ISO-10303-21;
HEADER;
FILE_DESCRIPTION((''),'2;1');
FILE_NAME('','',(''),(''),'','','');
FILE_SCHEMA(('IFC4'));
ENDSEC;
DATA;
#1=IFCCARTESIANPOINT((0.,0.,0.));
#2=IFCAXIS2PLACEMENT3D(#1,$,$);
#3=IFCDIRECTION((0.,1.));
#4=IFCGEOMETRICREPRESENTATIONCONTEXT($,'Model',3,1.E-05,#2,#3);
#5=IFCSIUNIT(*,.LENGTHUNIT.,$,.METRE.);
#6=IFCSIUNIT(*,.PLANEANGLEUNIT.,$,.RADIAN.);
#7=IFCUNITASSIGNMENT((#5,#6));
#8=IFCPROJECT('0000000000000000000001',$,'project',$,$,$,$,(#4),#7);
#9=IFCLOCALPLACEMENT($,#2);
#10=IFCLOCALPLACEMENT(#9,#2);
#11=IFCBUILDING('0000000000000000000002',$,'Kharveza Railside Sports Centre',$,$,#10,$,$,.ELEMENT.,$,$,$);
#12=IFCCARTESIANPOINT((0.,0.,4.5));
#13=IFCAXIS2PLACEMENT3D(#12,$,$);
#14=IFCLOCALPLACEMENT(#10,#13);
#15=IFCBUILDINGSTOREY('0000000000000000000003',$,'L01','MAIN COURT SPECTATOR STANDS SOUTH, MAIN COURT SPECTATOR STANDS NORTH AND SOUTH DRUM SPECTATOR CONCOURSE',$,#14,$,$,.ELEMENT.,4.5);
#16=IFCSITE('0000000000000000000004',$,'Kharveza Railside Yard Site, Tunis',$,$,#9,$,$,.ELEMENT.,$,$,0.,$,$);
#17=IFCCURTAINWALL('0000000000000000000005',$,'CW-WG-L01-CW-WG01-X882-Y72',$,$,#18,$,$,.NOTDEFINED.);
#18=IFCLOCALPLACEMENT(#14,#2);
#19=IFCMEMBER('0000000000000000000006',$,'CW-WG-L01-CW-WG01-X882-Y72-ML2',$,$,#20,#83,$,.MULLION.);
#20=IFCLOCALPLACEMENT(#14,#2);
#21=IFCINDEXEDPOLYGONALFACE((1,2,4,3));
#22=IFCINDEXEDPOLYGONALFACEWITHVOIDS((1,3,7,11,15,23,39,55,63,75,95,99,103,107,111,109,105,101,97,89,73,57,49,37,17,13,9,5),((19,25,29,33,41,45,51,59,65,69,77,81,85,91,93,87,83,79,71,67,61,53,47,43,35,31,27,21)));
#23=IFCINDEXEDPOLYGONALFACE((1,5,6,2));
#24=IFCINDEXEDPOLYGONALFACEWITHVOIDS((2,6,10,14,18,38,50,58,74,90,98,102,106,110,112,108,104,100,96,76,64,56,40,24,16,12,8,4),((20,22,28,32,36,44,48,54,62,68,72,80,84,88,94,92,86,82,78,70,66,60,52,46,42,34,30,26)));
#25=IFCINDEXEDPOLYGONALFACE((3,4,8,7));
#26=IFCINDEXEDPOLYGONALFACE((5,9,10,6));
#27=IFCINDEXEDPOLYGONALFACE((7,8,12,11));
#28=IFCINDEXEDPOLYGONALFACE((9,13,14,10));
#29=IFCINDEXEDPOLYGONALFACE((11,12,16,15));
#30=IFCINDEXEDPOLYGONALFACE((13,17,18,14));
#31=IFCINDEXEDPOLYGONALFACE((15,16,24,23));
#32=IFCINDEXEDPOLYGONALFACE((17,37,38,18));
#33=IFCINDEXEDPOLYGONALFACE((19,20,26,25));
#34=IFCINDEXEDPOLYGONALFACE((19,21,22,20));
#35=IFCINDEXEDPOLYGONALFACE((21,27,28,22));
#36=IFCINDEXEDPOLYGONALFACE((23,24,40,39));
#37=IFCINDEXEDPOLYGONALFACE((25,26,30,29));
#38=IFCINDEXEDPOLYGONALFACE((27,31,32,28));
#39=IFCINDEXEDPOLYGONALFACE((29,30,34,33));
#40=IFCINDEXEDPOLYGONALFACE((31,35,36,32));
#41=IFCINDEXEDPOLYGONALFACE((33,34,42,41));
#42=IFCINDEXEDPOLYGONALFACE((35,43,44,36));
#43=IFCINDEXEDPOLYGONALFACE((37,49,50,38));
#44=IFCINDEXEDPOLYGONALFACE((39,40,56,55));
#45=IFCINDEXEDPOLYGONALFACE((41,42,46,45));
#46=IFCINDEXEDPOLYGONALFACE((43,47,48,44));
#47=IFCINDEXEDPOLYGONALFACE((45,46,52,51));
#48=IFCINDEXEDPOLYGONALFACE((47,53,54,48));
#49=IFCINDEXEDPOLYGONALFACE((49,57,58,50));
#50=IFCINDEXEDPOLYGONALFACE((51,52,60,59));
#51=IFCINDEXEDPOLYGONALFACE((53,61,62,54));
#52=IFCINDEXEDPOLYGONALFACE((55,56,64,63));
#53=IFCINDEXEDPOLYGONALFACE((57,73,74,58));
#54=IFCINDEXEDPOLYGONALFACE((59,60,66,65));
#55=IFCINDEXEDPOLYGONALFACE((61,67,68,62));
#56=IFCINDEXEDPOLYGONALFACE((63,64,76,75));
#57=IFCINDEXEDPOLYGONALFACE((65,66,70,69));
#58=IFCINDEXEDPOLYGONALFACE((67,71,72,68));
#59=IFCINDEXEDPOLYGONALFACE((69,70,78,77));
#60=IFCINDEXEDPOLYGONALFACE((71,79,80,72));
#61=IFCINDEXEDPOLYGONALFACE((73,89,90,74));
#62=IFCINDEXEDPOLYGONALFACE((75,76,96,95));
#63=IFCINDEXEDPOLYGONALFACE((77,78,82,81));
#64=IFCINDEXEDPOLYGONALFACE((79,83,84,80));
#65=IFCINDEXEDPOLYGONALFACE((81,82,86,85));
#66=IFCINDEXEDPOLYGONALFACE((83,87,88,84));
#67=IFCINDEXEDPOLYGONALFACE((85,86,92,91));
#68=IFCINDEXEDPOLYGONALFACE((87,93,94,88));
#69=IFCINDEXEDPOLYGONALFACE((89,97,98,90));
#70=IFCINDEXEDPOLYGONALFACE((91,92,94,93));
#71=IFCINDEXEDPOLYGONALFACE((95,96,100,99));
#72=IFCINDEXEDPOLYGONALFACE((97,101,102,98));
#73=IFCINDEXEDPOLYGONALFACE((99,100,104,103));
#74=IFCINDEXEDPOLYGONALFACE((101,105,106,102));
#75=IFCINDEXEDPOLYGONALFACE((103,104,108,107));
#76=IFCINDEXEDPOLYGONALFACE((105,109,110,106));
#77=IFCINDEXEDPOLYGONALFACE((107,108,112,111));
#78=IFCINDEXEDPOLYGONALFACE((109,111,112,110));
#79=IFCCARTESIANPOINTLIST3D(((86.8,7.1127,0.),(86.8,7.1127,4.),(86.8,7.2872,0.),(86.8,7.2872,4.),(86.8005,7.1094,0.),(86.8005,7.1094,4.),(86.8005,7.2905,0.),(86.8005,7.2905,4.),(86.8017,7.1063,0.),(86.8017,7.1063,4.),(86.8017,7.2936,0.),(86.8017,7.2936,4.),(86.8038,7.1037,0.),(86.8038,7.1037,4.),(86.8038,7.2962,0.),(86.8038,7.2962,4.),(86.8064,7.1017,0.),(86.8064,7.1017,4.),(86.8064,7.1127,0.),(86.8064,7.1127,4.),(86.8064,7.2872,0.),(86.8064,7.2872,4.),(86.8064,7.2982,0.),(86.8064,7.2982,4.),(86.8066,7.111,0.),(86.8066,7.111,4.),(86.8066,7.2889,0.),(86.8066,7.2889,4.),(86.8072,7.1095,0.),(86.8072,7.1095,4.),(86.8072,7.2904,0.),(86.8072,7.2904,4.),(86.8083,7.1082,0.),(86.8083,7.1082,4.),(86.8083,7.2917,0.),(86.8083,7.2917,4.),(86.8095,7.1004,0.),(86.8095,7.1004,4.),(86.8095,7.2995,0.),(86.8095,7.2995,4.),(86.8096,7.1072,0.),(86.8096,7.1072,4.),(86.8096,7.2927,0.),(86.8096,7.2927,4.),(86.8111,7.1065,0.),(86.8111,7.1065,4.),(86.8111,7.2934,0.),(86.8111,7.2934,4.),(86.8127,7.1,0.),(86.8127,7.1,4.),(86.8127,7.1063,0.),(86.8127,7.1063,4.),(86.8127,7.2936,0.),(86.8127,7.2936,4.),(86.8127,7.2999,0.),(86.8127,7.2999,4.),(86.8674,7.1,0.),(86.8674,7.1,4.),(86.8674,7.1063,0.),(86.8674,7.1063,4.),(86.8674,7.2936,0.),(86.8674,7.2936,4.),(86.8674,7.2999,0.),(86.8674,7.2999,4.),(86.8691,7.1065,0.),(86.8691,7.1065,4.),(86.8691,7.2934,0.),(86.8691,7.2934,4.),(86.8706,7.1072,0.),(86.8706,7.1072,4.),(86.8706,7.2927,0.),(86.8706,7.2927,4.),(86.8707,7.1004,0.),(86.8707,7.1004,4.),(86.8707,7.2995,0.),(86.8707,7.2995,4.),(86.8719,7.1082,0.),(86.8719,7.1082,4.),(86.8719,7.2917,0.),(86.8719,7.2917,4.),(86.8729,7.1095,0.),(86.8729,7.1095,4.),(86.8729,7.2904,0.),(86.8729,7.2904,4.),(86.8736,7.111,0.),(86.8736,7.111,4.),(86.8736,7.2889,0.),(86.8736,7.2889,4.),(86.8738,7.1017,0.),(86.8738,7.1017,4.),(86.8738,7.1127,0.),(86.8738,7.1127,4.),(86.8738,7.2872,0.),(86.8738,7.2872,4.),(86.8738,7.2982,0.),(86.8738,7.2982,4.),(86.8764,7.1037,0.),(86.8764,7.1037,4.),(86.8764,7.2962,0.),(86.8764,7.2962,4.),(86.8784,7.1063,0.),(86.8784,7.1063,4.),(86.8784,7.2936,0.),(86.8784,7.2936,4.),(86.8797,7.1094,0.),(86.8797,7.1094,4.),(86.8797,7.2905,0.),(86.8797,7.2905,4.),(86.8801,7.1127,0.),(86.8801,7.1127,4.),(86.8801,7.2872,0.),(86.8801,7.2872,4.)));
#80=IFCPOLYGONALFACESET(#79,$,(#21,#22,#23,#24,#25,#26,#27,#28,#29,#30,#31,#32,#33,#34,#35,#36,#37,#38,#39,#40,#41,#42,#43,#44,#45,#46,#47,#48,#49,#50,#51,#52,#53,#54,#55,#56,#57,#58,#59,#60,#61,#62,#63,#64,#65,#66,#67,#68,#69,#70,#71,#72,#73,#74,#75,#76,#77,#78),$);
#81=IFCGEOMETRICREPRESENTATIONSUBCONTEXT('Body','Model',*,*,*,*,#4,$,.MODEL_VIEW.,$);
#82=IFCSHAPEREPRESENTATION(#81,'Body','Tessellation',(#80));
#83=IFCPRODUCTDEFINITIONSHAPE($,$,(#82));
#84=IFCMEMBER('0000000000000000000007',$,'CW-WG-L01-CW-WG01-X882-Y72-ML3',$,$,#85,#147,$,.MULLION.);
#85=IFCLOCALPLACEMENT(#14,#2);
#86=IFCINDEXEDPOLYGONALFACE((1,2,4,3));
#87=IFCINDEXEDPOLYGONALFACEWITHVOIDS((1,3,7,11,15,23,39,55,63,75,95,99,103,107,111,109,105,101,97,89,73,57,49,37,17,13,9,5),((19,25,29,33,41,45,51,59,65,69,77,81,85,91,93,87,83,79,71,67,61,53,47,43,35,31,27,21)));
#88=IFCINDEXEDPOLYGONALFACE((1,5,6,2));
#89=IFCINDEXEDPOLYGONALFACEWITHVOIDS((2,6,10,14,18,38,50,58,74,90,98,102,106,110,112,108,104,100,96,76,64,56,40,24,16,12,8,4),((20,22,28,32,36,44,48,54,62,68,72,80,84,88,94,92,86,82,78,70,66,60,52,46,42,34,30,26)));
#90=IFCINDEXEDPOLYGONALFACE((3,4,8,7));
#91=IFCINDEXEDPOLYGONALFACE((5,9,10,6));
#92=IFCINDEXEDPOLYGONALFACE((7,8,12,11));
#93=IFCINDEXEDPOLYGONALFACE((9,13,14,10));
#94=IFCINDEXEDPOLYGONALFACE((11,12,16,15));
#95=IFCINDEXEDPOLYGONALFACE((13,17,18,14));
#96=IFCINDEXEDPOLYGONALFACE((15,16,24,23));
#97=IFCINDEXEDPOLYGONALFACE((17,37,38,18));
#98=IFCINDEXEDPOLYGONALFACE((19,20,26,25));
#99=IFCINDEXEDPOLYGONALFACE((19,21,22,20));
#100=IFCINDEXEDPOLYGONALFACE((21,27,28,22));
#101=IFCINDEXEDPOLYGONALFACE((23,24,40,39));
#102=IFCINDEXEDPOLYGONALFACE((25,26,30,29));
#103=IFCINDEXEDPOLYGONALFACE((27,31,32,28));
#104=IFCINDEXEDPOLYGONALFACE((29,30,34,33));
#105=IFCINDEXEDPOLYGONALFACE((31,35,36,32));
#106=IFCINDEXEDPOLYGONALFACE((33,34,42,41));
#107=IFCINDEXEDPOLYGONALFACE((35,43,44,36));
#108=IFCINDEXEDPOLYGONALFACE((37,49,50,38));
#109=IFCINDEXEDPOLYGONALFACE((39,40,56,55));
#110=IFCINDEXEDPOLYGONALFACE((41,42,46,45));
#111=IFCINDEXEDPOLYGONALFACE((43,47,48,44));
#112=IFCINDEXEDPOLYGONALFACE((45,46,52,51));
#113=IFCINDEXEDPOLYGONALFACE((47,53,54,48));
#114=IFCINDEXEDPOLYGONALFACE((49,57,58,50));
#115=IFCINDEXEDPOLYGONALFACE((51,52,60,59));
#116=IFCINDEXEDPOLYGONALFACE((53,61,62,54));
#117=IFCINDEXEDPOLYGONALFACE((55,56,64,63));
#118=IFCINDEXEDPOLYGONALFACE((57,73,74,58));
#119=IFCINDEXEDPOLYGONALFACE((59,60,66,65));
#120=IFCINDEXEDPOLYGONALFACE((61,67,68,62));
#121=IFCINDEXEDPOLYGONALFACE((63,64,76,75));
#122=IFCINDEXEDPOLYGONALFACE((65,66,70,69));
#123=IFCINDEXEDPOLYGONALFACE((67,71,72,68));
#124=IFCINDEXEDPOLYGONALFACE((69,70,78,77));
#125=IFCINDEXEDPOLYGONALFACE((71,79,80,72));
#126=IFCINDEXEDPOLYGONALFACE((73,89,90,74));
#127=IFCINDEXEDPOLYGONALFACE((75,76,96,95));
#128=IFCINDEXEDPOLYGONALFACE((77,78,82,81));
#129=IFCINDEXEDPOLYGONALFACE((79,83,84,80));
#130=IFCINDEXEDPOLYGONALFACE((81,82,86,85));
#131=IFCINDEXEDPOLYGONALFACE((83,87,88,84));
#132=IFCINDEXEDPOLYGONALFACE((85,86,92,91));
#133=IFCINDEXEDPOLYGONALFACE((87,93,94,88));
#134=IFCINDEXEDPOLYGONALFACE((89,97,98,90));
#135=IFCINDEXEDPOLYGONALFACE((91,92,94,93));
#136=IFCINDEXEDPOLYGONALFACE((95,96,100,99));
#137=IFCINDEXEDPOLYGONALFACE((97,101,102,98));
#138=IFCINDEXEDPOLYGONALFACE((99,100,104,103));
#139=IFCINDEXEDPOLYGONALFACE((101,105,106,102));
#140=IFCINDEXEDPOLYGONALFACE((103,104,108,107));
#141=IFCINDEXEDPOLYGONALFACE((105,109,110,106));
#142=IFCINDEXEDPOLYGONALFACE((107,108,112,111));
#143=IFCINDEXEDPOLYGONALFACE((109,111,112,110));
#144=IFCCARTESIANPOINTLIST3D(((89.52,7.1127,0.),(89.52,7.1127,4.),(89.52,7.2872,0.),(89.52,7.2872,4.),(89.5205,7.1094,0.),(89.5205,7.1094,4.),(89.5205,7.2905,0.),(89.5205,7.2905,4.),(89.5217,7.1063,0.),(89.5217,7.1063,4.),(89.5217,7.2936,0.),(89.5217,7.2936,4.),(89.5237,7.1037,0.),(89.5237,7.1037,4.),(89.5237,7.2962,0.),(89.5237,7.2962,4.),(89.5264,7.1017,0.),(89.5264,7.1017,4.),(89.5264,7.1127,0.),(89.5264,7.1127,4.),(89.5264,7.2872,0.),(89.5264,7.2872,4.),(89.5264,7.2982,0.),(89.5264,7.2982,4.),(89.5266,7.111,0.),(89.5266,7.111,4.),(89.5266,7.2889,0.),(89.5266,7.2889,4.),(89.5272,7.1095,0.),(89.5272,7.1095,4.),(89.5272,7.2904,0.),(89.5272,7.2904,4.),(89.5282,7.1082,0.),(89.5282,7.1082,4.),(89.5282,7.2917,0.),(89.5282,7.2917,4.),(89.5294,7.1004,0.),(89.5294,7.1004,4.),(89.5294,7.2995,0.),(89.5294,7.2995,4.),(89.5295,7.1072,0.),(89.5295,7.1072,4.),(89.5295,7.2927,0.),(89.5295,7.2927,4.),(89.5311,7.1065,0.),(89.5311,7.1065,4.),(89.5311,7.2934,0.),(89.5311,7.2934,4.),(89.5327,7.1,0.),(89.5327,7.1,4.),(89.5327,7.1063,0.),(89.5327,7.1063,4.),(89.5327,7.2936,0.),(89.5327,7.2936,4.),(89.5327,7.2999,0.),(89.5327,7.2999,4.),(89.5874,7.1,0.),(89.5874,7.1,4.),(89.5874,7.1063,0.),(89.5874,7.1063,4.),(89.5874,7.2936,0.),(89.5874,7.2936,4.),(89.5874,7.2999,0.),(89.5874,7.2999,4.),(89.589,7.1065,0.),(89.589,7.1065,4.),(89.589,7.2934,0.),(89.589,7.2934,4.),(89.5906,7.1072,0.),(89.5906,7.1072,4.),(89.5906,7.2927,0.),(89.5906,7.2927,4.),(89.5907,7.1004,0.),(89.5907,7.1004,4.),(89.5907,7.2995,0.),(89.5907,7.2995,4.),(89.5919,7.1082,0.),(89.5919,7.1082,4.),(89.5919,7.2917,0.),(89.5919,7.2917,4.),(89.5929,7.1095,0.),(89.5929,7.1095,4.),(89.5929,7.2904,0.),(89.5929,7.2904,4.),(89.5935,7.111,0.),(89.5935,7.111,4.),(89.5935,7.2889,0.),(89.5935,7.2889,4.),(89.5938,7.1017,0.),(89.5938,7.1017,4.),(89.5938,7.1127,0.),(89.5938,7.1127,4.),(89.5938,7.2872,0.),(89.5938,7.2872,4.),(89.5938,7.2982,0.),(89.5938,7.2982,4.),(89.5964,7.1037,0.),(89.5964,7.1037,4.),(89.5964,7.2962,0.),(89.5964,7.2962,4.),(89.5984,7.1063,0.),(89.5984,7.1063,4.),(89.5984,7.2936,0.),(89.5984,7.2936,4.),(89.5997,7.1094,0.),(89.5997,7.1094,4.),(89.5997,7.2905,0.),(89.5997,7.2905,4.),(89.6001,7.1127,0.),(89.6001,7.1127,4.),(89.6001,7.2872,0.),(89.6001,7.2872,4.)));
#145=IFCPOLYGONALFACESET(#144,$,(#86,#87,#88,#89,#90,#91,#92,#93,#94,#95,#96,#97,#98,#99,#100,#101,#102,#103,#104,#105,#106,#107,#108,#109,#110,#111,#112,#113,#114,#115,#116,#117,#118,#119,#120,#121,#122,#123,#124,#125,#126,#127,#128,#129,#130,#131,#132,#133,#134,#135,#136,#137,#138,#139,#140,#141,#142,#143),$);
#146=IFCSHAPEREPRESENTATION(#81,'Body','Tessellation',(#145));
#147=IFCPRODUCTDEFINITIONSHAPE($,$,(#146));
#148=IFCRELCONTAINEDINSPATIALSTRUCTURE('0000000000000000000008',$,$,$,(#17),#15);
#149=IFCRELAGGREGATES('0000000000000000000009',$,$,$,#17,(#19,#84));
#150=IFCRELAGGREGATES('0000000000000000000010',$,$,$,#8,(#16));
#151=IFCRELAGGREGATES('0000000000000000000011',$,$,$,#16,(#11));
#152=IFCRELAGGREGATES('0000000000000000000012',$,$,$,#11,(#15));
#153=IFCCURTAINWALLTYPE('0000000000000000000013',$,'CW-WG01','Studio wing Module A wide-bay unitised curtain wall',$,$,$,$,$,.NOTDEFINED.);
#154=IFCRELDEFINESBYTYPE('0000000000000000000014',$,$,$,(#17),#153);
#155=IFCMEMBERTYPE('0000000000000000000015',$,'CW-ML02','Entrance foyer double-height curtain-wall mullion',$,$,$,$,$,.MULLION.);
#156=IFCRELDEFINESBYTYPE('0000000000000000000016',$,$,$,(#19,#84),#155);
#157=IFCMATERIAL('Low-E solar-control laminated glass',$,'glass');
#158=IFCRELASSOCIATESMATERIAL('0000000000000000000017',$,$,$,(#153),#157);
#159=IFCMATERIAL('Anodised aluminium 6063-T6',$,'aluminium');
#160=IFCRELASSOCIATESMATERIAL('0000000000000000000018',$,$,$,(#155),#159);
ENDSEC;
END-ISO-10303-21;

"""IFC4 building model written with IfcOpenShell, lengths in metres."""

from ifc_helpers import new_model, si_unit, direction, frame, origin, origin_2d, place, context, subcontext, project, spatial, hollow_rectangle, extrude, material, material_profile, profile_set, type_object, element, aggregate, save


model = new_model("IFC4")

# Units and contexts
model_context = context("Model", 3, precision=1e-05, world=origin(), true_north=direction((0.0, 1.0)))
body_context = subcontext(model_context, "Body", "Model", "MODEL_VIEW")
ifc_project = project(units=[si_unit("LENGTHUNIT", "METRE"), si_unit("PLANEANGLEUNIT", "RADIAN")], contexts=[model_context])

# Site, building, storey
site_placement = place(None, origin())
site = spatial("IfcSite", under=ifc_project, at=site_placement, Name="Kharveza Railside Yard Site, Tunis", CompositionType="ELEMENT", RefElevation=0.0)
building_placement = place(site_placement, origin())
building = spatial("IfcBuilding", under=site, at=building_placement, Name="Kharveza Railside Sports Centre", CompositionType="ELEMENT")
storey_placement = place(building_placement, frame((0.0, 0.0, 4.5)))
storey = spatial("IfcBuildingStorey", under=building, at=storey_placement, Name="L01", Description="MAIN COURT SPECTATOR STANDS SOUTH, MAIN COURT SPECTATOR STANDS NORTH AND SOUTH DRUM SPECTATOR CONCOURSE", CompositionType="ELEMENT", Elevation=4.5)

# Curtain wall, members
ifc_material_1 = material(Name="Low-E solar-control laminated glass", Category="glass")
curtain_wall_type = type_object("IfcCurtainWallType", Name="CW-WG01", Description="Studio wing Module A wide-bay unitised curtain wall", PredefinedType="NOTDEFINED", material=ifc_material_1)
curtain_wall_1_placement = place(storey_placement, origin())
curtain_wall_1 = element("IfcCurtainWall", 1, at=curtain_wall_1_placement, inside=storey, type_object=curtain_wall_type, Name="CW-WG-L01-CW-WG01-X882-Y72", PredefinedType="NOTDEFINED")
ifc_material_2 = material(Name="Anodised aluminium 6063-T6", Category="aluminium")
ifc_material_profile_1 = material_profile(ifc_material_2, hollow_rectangle(XDim=0.0801, YDim=0.2, WallThickness=0.0063, InnerFilletRadius=0.0063, OuterFilletRadius=0.0127, at=origin_2d()), Name="RHS 80x200x6.3")
ifc_profile_set_1 = profile_set([ifc_material_profile_1], Name="Anodised aluminium 6063-T6")
member_type_1 = type_object("IfcMemberType", Name="CW-ML02", Description="Entrance foyer double-height curtain-wall mullion", PredefinedType="MULLION", material=ifc_profile_set_1)
member_1_placement = place(storey_placement, frame((86.8401, 7.2, 0.0), z_axis=(0.0, 0.0, 1.0), x_axis=(1.0, 0.0, 0.0)))
member_1 = element("IfcMember", 2, at=member_1_placement, type_object=member_type_1, Name="CW-WG-L01-CW-WG01-X882-Y72-ML2", PredefinedType="MULLION", context=body_context, shape_type="SweptSolid", body=[
    extrude(hollow_rectangle(XDim=0.0801, YDim=0.2, WallThickness=0.0063, InnerFilletRadius=0.0063, OuterFilletRadius=0.0127, at=origin_2d()), origin(), (0.0, 0.0, 1.0), 4.0),
])
member_2_placement = place(storey_placement, frame((89.5601, 7.2, 0.0), z_axis=(0.0, 0.0, 1.0), x_axis=(1.0, 0.0, 0.0)))
member_2 = element("IfcMember", 3, at=member_2_placement, type_object=member_type_1, Name="CW-WG-L01-CW-WG01-X882-Y72-ML3", PredefinedType="MULLION", context=body_context, shape_type="SweptSolid", body=[
    extrude(hollow_rectangle(XDim=0.0801, YDim=0.2, WallThickness=0.0063, InnerFilletRadius=0.0063, OuterFilletRadius=0.0127, at=origin_2d()), origin(), (0.0, 0.0, 1.0), 4.0),
])

aggregate(curtain_wall_1, [member_1, member_2])

save(model, "model.ifc")
